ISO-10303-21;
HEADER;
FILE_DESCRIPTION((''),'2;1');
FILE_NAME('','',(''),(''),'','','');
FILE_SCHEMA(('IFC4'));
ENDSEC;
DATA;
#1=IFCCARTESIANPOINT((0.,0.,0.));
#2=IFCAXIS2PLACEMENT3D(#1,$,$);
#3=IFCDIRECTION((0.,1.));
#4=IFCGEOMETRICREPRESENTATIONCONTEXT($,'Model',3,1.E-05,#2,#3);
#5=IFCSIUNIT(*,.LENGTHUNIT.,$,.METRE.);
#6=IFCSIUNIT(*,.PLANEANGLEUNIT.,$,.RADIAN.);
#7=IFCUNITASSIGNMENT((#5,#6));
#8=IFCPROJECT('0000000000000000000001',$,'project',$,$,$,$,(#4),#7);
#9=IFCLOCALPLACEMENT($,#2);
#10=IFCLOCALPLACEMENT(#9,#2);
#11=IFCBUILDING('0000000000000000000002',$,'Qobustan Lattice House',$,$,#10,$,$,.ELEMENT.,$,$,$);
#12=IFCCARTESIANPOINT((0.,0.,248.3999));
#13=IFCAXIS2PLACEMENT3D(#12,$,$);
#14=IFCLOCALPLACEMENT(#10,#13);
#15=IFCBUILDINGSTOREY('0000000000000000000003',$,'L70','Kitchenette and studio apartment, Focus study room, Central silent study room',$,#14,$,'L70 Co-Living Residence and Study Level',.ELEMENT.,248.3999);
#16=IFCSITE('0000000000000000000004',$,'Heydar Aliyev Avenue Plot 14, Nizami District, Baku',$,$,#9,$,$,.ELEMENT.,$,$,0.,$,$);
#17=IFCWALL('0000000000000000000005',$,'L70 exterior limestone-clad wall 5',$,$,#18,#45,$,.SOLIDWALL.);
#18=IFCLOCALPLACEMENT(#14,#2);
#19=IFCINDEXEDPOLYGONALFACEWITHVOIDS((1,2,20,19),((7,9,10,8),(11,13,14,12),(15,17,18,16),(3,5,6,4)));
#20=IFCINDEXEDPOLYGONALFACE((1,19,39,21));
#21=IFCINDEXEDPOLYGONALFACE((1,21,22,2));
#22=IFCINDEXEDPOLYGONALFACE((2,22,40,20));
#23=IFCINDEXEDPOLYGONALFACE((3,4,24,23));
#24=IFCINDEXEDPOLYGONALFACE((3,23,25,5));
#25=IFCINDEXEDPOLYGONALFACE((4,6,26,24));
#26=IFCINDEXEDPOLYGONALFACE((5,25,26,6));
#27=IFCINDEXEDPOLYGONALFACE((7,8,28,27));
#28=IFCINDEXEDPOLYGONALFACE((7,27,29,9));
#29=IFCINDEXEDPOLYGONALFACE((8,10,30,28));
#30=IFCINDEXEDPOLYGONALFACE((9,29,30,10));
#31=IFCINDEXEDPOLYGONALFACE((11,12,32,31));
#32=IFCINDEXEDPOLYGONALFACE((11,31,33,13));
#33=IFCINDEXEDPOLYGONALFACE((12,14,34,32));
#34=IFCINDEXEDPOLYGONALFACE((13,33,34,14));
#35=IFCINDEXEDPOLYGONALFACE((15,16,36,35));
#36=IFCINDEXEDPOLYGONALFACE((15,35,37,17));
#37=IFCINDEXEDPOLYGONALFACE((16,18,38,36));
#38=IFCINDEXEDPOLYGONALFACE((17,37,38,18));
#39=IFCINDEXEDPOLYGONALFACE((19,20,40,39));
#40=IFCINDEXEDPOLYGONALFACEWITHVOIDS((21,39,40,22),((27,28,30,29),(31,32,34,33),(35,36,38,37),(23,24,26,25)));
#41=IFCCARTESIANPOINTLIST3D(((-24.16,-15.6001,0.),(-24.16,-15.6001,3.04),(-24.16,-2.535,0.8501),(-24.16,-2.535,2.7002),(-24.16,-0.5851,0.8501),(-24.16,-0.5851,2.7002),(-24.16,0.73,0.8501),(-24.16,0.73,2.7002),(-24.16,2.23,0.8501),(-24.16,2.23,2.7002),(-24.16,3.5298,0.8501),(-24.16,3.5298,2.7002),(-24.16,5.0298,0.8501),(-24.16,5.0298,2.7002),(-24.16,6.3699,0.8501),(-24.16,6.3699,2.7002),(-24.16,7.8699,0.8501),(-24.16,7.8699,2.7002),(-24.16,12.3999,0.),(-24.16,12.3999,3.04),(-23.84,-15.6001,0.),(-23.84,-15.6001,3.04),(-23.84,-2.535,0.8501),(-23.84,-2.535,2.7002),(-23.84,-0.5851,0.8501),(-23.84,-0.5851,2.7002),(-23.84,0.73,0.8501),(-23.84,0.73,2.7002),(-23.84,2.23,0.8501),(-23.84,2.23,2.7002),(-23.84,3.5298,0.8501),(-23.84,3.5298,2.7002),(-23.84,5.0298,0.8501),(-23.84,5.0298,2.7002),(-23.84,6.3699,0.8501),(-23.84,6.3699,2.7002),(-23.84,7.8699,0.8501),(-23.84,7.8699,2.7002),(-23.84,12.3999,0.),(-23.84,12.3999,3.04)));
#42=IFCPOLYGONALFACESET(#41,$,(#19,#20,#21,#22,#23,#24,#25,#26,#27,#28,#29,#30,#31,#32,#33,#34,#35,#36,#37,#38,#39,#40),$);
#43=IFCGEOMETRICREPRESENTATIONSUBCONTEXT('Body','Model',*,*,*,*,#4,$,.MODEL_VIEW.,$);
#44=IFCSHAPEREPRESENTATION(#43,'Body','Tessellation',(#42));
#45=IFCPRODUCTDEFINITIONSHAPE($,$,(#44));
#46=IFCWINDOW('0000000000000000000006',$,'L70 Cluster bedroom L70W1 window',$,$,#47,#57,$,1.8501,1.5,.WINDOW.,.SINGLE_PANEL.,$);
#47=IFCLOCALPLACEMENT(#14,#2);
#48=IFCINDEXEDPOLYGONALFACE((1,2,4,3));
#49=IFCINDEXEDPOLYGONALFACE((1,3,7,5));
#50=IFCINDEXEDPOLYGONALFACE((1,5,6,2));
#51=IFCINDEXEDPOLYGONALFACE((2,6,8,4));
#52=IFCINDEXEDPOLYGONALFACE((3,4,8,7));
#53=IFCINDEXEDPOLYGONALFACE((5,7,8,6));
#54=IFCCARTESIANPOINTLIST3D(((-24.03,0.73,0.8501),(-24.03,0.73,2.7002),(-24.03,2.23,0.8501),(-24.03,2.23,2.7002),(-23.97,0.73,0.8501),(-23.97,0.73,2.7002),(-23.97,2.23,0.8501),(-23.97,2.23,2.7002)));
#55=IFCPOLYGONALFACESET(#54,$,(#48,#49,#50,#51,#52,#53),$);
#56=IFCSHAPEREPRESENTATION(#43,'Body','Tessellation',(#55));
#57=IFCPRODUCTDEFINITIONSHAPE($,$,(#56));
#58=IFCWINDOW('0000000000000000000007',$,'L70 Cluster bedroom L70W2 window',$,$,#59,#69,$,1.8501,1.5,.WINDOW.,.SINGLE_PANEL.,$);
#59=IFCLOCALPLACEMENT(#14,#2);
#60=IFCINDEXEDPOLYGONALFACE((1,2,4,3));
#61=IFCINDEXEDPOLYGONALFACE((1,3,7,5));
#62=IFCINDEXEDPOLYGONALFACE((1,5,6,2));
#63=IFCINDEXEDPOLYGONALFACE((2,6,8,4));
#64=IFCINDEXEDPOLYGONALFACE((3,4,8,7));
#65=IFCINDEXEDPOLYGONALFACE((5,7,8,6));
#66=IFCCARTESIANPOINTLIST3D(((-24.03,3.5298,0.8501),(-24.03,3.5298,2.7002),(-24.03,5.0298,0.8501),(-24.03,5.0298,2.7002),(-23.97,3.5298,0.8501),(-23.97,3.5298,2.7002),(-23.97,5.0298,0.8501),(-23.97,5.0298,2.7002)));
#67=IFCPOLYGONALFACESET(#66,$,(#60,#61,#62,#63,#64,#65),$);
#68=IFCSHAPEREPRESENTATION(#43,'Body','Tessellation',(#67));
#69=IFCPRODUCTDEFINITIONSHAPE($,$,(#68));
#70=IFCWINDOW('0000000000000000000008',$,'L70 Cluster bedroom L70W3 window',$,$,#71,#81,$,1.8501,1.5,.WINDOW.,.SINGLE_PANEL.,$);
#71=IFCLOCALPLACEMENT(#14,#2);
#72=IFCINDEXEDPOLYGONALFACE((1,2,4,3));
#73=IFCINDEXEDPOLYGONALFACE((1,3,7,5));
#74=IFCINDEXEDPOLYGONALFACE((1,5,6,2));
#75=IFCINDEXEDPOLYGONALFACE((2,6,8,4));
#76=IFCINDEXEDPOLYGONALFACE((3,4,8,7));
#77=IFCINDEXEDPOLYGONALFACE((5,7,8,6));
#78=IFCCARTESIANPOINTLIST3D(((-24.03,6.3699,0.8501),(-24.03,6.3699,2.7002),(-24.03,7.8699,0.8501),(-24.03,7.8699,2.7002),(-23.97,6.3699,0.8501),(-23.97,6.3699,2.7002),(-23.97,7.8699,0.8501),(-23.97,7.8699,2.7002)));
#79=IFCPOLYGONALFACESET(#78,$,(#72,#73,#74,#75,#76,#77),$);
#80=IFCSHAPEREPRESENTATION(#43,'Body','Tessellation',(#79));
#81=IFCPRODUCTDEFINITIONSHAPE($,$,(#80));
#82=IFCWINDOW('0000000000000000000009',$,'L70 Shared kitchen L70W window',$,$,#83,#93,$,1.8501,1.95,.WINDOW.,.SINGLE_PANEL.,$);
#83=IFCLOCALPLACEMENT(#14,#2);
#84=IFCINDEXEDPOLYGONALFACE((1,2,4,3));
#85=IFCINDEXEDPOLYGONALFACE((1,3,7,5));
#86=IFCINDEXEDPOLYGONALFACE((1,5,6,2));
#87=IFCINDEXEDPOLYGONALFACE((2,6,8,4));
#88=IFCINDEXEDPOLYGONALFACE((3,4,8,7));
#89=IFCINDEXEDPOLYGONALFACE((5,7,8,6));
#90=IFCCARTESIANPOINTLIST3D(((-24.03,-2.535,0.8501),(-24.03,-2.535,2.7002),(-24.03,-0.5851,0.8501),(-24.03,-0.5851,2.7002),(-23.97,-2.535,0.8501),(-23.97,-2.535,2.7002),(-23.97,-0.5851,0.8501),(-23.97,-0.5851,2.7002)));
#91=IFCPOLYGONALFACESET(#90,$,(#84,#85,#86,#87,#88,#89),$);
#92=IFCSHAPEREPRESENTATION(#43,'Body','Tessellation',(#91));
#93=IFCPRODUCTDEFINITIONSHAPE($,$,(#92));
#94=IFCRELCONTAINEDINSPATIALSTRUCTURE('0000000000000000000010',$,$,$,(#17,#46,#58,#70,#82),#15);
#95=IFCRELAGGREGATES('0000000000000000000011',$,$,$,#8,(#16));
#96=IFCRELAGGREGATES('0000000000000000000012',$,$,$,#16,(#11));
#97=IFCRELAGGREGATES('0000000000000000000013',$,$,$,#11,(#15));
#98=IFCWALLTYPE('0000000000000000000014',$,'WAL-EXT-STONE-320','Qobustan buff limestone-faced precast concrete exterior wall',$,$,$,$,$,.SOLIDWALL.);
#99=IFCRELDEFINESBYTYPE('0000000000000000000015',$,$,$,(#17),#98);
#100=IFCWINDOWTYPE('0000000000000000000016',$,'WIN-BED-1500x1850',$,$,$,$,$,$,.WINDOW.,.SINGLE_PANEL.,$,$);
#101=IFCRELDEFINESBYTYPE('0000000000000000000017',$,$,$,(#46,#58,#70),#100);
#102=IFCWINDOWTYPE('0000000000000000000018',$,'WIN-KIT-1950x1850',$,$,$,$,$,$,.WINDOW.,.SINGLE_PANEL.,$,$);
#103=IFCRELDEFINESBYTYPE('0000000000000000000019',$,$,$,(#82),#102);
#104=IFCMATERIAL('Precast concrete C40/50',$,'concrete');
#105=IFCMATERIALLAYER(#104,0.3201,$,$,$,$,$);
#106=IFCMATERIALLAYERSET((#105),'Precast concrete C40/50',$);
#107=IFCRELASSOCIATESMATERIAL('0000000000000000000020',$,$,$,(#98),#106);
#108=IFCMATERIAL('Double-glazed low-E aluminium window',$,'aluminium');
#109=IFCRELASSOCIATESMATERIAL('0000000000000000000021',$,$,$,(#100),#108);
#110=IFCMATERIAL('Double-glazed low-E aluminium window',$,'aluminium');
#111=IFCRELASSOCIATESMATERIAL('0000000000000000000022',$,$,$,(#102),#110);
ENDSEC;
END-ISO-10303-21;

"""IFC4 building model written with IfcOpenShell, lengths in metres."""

from ifc_helpers import new_model, si_unit, direction, frame, frame_2d, origin, place, context, subcontext, project, spatial, rectangle, extrude, material, layer, layer_set, type_object, element, fill, save


model = new_model("IFC4")

# Units and contexts
model_context = context("Model", 3, precision=1e-05, world=origin(), true_north=direction((0.0, 1.0)))
body_context = subcontext(model_context, "Body", "Model", "MODEL_VIEW")
ifc_project = project(units=[si_unit("LENGTHUNIT", "METRE"), si_unit("PLANEANGLEUNIT", "RADIAN")], contexts=[model_context])

# Site, building, storey
site_placement = place(None, origin())
site = spatial("IfcSite", under=ifc_project, at=site_placement, Name="Heydar Aliyev Avenue Plot 14, Nizami District, Baku", CompositionType="ELEMENT", RefElevation=0.0)
building_placement = place(site_placement, origin())
building = spatial("IfcBuilding", under=site, at=building_placement, Name="Qobustan Lattice House", CompositionType="ELEMENT")
storey_placement = place(building_placement, frame((0.0, 0.0, 248.3999)))
storey = spatial("IfcBuildingStorey", under=building, at=storey_placement, Name="L70", Description="Kitchenette and studio apartment, Focus study room, Central silent study room", LongName="L70 Co-Living Residence and Study Level", CompositionType="ELEMENT", Elevation=248.3999)

# Shared definitions
ifc_material_1 = material(Name="Precast concrete C40/50", Category="concrete")
ifc_layer = layer(ifc_material_1, 0.3201)
ifc_layer_set = layer_set([ifc_layer], Name="Precast concrete C40/50")
wall_type = type_object("IfcWallType", Name="WAL-EXT-STONE-320", Description="Qobustan buff limestone-faced precast concrete exterior wall", PredefinedType="SOLIDWALL", material=ifc_layer_set)

# Wall, openings, windows
wall_1_placement = place(storey_placement, frame((-24.0, -15.6001, 0.0), z_axis=(0.0, 0.0, 1.0), x_axis=(0.0, 1.0, 0.0)))
wall_1 = element("IfcWall", 1, at=wall_1_placement, inside=storey, type_object=wall_type, Name="L70 exterior limestone-clad wall 5", PredefinedType="SOLIDWALL", context=body_context, shape_type="SweptSolid", body=[
    extrude(rectangle(XDim=28.0, YDim=0.3201, at=frame_2d((14.0, 0.0))), origin(), (0.0, 0.0, 1.0), 3.04),
])
opening_1_placement = place(wall_1_placement, frame((13.0649, 0.0, 0.8501)))
opening_1 = element("IfcOpeningElement", 2, at=opening_1_placement, cuts=wall_1, PredefinedType="OPENING", context=body_context, shape_type="SweptSolid", body=[
    extrude(rectangle(XDim=1.95, YDim=1.8501, at=frame_2d((0.9751, 0.925))), frame((0.0, 0.1699, 0.0), z_axis=(0.0, -1.0, 0.0), x_axis=(1.0, 0.0, 0.0)), (0.0, 0.0, 1.0), 0.3401),
])
opening_2_placement = place(wall_1_placement, frame((16.3301, 0.0, 0.8501)))
opening_2 = element("IfcOpeningElement", 3, at=opening_2_placement, cuts=wall_1, PredefinedType="OPENING", context=body_context, shape_type="SweptSolid", body=[
    extrude(rectangle(XDim=1.5, YDim=1.8501, at=frame_2d((0.75, 0.925))), frame((0.0, 0.1699, 0.0), z_axis=(0.0, -1.0, 0.0), x_axis=(1.0, 0.0, 0.0)), (0.0, 0.0, 1.0), 0.3401),
])
opening_3_placement = place(wall_1_placement, frame((19.1299, 0.0, 0.8501)))
opening_3 = element("IfcOpeningElement", 4, at=opening_3_placement, cuts=wall_1, PredefinedType="OPENING", context=body_context, shape_type="SweptSolid", body=[
    extrude(rectangle(XDim=1.5, YDim=1.8501, at=frame_2d((0.75, 0.925))), frame((0.0, 0.1699, 0.0), z_axis=(0.0, -1.0, 0.0), x_axis=(1.0, 0.0, 0.0)), (0.0, 0.0, 1.0), 0.3401),
])
opening_4_placement = place(wall_1_placement, frame((21.97, 0.0, 0.8501)))
opening_4 = element("IfcOpeningElement", 5, at=opening_4_placement, cuts=wall_1, PredefinedType="OPENING", context=body_context, shape_type="SweptSolid", body=[
    extrude(rectangle(XDim=1.5, YDim=1.8501, at=frame_2d((0.75, 0.925))), frame((0.0, 0.1699, 0.0), z_axis=(0.0, -1.0, 0.0), x_axis=(1.0, 0.0, 0.0)), (0.0, 0.0, 1.0), 0.3401),
])
ifc_material_2 = material(Name="Double-glazed low-E aluminium window", Category="aluminium")
window_type_1 = type_object("IfcWindowType", Name="WIN-BED-1500x1850", PartitioningType="SINGLE_PANEL", PredefinedType="WINDOW", material=ifc_material_2)
window_1_placement = place(opening_2_placement, origin())
window_1 = element("IfcWindow", 6, at=window_1_placement, inside=storey, type_object=window_type_1, Name="L70 Cluster bedroom L70W1 window", OverallHeight=1.8501, OverallWidth=1.5, PartitioningType="SINGLE_PANEL", PredefinedType="WINDOW", context=body_context, shape_type="SweptSolid", body=[
    extrude(rectangle(XDim=1.5, YDim=1.8501, at=frame_2d((0.75, 0.925))), frame((0.0, 0.03, 0.0), z_axis=(0.0, -1.0, 0.0), x_axis=(1.0, 0.0, 0.0)), (0.0, 0.0, 1.0), 0.0601),
])
fill(opening_2, window_1)
window_2_placement = place(opening_3_placement, origin())
window_2 = element("IfcWindow", 7, at=window_2_placement, inside=storey, type_object=window_type_1, Name="L70 Cluster bedroom L70W2 window", OverallHeight=1.8501, OverallWidth=1.5, PartitioningType="SINGLE_PANEL", PredefinedType="WINDOW", context=body_context, shape_type="SweptSolid", body=[
    extrude(rectangle(XDim=1.5, YDim=1.8501, at=frame_2d((0.75, 0.925))), frame((0.0, 0.03, 0.0), z_axis=(0.0, -1.0, 0.0), x_axis=(1.0, 0.0, 0.0)), (0.0, 0.0, 1.0), 0.0601),
])
fill(opening_3, window_2)
window_3_placement = place(opening_4_placement, origin())
window_3 = element("IfcWindow", 8, at=window_3_placement, inside=storey, type_object=window_type_1, Name="L70 Cluster bedroom L70W3 window", OverallHeight=1.8501, OverallWidth=1.5, PartitioningType="SINGLE_PANEL", PredefinedType="WINDOW", context=body_context, shape_type="SweptSolid", body=[
    extrude(rectangle(XDim=1.5, YDim=1.8501, at=frame_2d((0.75, 0.925))), frame((0.0, 0.03, 0.0), z_axis=(0.0, -1.0, 0.0), x_axis=(1.0, 0.0, 0.0)), (0.0, 0.0, 1.0), 0.0601),
])
fill(opening_4, window_3)
ifc_material_3 = material(Name="Double-glazed low-E aluminium window", Category="aluminium")
window_type_2 = type_object("IfcWindowType", Name="WIN-KIT-1950x1850", PartitioningType="SINGLE_PANEL", PredefinedType="WINDOW", material=ifc_material_3)
window_4_placement = place(opening_1_placement, origin())
window_4 = element("IfcWindow", 9, at=window_4_placement, inside=storey, type_object=window_type_2, Name="L70 Shared kitchen L70W window", OverallHeight=1.8501, OverallWidth=1.95, PartitioningType="SINGLE_PANEL", PredefinedType="WINDOW", context=body_context, shape_type="SweptSolid", body=[
    extrude(rectangle(XDim=1.95, YDim=1.8501, at=frame_2d((0.9751, 0.925))), frame((0.0, 0.03, 0.0), z_axis=(0.0, -1.0, 0.0), x_axis=(1.0, 0.0, 0.0)), (0.0, 0.0, 1.0), 0.0601),
])
fill(opening_1, window_4)

save(model, "model.ifc")
